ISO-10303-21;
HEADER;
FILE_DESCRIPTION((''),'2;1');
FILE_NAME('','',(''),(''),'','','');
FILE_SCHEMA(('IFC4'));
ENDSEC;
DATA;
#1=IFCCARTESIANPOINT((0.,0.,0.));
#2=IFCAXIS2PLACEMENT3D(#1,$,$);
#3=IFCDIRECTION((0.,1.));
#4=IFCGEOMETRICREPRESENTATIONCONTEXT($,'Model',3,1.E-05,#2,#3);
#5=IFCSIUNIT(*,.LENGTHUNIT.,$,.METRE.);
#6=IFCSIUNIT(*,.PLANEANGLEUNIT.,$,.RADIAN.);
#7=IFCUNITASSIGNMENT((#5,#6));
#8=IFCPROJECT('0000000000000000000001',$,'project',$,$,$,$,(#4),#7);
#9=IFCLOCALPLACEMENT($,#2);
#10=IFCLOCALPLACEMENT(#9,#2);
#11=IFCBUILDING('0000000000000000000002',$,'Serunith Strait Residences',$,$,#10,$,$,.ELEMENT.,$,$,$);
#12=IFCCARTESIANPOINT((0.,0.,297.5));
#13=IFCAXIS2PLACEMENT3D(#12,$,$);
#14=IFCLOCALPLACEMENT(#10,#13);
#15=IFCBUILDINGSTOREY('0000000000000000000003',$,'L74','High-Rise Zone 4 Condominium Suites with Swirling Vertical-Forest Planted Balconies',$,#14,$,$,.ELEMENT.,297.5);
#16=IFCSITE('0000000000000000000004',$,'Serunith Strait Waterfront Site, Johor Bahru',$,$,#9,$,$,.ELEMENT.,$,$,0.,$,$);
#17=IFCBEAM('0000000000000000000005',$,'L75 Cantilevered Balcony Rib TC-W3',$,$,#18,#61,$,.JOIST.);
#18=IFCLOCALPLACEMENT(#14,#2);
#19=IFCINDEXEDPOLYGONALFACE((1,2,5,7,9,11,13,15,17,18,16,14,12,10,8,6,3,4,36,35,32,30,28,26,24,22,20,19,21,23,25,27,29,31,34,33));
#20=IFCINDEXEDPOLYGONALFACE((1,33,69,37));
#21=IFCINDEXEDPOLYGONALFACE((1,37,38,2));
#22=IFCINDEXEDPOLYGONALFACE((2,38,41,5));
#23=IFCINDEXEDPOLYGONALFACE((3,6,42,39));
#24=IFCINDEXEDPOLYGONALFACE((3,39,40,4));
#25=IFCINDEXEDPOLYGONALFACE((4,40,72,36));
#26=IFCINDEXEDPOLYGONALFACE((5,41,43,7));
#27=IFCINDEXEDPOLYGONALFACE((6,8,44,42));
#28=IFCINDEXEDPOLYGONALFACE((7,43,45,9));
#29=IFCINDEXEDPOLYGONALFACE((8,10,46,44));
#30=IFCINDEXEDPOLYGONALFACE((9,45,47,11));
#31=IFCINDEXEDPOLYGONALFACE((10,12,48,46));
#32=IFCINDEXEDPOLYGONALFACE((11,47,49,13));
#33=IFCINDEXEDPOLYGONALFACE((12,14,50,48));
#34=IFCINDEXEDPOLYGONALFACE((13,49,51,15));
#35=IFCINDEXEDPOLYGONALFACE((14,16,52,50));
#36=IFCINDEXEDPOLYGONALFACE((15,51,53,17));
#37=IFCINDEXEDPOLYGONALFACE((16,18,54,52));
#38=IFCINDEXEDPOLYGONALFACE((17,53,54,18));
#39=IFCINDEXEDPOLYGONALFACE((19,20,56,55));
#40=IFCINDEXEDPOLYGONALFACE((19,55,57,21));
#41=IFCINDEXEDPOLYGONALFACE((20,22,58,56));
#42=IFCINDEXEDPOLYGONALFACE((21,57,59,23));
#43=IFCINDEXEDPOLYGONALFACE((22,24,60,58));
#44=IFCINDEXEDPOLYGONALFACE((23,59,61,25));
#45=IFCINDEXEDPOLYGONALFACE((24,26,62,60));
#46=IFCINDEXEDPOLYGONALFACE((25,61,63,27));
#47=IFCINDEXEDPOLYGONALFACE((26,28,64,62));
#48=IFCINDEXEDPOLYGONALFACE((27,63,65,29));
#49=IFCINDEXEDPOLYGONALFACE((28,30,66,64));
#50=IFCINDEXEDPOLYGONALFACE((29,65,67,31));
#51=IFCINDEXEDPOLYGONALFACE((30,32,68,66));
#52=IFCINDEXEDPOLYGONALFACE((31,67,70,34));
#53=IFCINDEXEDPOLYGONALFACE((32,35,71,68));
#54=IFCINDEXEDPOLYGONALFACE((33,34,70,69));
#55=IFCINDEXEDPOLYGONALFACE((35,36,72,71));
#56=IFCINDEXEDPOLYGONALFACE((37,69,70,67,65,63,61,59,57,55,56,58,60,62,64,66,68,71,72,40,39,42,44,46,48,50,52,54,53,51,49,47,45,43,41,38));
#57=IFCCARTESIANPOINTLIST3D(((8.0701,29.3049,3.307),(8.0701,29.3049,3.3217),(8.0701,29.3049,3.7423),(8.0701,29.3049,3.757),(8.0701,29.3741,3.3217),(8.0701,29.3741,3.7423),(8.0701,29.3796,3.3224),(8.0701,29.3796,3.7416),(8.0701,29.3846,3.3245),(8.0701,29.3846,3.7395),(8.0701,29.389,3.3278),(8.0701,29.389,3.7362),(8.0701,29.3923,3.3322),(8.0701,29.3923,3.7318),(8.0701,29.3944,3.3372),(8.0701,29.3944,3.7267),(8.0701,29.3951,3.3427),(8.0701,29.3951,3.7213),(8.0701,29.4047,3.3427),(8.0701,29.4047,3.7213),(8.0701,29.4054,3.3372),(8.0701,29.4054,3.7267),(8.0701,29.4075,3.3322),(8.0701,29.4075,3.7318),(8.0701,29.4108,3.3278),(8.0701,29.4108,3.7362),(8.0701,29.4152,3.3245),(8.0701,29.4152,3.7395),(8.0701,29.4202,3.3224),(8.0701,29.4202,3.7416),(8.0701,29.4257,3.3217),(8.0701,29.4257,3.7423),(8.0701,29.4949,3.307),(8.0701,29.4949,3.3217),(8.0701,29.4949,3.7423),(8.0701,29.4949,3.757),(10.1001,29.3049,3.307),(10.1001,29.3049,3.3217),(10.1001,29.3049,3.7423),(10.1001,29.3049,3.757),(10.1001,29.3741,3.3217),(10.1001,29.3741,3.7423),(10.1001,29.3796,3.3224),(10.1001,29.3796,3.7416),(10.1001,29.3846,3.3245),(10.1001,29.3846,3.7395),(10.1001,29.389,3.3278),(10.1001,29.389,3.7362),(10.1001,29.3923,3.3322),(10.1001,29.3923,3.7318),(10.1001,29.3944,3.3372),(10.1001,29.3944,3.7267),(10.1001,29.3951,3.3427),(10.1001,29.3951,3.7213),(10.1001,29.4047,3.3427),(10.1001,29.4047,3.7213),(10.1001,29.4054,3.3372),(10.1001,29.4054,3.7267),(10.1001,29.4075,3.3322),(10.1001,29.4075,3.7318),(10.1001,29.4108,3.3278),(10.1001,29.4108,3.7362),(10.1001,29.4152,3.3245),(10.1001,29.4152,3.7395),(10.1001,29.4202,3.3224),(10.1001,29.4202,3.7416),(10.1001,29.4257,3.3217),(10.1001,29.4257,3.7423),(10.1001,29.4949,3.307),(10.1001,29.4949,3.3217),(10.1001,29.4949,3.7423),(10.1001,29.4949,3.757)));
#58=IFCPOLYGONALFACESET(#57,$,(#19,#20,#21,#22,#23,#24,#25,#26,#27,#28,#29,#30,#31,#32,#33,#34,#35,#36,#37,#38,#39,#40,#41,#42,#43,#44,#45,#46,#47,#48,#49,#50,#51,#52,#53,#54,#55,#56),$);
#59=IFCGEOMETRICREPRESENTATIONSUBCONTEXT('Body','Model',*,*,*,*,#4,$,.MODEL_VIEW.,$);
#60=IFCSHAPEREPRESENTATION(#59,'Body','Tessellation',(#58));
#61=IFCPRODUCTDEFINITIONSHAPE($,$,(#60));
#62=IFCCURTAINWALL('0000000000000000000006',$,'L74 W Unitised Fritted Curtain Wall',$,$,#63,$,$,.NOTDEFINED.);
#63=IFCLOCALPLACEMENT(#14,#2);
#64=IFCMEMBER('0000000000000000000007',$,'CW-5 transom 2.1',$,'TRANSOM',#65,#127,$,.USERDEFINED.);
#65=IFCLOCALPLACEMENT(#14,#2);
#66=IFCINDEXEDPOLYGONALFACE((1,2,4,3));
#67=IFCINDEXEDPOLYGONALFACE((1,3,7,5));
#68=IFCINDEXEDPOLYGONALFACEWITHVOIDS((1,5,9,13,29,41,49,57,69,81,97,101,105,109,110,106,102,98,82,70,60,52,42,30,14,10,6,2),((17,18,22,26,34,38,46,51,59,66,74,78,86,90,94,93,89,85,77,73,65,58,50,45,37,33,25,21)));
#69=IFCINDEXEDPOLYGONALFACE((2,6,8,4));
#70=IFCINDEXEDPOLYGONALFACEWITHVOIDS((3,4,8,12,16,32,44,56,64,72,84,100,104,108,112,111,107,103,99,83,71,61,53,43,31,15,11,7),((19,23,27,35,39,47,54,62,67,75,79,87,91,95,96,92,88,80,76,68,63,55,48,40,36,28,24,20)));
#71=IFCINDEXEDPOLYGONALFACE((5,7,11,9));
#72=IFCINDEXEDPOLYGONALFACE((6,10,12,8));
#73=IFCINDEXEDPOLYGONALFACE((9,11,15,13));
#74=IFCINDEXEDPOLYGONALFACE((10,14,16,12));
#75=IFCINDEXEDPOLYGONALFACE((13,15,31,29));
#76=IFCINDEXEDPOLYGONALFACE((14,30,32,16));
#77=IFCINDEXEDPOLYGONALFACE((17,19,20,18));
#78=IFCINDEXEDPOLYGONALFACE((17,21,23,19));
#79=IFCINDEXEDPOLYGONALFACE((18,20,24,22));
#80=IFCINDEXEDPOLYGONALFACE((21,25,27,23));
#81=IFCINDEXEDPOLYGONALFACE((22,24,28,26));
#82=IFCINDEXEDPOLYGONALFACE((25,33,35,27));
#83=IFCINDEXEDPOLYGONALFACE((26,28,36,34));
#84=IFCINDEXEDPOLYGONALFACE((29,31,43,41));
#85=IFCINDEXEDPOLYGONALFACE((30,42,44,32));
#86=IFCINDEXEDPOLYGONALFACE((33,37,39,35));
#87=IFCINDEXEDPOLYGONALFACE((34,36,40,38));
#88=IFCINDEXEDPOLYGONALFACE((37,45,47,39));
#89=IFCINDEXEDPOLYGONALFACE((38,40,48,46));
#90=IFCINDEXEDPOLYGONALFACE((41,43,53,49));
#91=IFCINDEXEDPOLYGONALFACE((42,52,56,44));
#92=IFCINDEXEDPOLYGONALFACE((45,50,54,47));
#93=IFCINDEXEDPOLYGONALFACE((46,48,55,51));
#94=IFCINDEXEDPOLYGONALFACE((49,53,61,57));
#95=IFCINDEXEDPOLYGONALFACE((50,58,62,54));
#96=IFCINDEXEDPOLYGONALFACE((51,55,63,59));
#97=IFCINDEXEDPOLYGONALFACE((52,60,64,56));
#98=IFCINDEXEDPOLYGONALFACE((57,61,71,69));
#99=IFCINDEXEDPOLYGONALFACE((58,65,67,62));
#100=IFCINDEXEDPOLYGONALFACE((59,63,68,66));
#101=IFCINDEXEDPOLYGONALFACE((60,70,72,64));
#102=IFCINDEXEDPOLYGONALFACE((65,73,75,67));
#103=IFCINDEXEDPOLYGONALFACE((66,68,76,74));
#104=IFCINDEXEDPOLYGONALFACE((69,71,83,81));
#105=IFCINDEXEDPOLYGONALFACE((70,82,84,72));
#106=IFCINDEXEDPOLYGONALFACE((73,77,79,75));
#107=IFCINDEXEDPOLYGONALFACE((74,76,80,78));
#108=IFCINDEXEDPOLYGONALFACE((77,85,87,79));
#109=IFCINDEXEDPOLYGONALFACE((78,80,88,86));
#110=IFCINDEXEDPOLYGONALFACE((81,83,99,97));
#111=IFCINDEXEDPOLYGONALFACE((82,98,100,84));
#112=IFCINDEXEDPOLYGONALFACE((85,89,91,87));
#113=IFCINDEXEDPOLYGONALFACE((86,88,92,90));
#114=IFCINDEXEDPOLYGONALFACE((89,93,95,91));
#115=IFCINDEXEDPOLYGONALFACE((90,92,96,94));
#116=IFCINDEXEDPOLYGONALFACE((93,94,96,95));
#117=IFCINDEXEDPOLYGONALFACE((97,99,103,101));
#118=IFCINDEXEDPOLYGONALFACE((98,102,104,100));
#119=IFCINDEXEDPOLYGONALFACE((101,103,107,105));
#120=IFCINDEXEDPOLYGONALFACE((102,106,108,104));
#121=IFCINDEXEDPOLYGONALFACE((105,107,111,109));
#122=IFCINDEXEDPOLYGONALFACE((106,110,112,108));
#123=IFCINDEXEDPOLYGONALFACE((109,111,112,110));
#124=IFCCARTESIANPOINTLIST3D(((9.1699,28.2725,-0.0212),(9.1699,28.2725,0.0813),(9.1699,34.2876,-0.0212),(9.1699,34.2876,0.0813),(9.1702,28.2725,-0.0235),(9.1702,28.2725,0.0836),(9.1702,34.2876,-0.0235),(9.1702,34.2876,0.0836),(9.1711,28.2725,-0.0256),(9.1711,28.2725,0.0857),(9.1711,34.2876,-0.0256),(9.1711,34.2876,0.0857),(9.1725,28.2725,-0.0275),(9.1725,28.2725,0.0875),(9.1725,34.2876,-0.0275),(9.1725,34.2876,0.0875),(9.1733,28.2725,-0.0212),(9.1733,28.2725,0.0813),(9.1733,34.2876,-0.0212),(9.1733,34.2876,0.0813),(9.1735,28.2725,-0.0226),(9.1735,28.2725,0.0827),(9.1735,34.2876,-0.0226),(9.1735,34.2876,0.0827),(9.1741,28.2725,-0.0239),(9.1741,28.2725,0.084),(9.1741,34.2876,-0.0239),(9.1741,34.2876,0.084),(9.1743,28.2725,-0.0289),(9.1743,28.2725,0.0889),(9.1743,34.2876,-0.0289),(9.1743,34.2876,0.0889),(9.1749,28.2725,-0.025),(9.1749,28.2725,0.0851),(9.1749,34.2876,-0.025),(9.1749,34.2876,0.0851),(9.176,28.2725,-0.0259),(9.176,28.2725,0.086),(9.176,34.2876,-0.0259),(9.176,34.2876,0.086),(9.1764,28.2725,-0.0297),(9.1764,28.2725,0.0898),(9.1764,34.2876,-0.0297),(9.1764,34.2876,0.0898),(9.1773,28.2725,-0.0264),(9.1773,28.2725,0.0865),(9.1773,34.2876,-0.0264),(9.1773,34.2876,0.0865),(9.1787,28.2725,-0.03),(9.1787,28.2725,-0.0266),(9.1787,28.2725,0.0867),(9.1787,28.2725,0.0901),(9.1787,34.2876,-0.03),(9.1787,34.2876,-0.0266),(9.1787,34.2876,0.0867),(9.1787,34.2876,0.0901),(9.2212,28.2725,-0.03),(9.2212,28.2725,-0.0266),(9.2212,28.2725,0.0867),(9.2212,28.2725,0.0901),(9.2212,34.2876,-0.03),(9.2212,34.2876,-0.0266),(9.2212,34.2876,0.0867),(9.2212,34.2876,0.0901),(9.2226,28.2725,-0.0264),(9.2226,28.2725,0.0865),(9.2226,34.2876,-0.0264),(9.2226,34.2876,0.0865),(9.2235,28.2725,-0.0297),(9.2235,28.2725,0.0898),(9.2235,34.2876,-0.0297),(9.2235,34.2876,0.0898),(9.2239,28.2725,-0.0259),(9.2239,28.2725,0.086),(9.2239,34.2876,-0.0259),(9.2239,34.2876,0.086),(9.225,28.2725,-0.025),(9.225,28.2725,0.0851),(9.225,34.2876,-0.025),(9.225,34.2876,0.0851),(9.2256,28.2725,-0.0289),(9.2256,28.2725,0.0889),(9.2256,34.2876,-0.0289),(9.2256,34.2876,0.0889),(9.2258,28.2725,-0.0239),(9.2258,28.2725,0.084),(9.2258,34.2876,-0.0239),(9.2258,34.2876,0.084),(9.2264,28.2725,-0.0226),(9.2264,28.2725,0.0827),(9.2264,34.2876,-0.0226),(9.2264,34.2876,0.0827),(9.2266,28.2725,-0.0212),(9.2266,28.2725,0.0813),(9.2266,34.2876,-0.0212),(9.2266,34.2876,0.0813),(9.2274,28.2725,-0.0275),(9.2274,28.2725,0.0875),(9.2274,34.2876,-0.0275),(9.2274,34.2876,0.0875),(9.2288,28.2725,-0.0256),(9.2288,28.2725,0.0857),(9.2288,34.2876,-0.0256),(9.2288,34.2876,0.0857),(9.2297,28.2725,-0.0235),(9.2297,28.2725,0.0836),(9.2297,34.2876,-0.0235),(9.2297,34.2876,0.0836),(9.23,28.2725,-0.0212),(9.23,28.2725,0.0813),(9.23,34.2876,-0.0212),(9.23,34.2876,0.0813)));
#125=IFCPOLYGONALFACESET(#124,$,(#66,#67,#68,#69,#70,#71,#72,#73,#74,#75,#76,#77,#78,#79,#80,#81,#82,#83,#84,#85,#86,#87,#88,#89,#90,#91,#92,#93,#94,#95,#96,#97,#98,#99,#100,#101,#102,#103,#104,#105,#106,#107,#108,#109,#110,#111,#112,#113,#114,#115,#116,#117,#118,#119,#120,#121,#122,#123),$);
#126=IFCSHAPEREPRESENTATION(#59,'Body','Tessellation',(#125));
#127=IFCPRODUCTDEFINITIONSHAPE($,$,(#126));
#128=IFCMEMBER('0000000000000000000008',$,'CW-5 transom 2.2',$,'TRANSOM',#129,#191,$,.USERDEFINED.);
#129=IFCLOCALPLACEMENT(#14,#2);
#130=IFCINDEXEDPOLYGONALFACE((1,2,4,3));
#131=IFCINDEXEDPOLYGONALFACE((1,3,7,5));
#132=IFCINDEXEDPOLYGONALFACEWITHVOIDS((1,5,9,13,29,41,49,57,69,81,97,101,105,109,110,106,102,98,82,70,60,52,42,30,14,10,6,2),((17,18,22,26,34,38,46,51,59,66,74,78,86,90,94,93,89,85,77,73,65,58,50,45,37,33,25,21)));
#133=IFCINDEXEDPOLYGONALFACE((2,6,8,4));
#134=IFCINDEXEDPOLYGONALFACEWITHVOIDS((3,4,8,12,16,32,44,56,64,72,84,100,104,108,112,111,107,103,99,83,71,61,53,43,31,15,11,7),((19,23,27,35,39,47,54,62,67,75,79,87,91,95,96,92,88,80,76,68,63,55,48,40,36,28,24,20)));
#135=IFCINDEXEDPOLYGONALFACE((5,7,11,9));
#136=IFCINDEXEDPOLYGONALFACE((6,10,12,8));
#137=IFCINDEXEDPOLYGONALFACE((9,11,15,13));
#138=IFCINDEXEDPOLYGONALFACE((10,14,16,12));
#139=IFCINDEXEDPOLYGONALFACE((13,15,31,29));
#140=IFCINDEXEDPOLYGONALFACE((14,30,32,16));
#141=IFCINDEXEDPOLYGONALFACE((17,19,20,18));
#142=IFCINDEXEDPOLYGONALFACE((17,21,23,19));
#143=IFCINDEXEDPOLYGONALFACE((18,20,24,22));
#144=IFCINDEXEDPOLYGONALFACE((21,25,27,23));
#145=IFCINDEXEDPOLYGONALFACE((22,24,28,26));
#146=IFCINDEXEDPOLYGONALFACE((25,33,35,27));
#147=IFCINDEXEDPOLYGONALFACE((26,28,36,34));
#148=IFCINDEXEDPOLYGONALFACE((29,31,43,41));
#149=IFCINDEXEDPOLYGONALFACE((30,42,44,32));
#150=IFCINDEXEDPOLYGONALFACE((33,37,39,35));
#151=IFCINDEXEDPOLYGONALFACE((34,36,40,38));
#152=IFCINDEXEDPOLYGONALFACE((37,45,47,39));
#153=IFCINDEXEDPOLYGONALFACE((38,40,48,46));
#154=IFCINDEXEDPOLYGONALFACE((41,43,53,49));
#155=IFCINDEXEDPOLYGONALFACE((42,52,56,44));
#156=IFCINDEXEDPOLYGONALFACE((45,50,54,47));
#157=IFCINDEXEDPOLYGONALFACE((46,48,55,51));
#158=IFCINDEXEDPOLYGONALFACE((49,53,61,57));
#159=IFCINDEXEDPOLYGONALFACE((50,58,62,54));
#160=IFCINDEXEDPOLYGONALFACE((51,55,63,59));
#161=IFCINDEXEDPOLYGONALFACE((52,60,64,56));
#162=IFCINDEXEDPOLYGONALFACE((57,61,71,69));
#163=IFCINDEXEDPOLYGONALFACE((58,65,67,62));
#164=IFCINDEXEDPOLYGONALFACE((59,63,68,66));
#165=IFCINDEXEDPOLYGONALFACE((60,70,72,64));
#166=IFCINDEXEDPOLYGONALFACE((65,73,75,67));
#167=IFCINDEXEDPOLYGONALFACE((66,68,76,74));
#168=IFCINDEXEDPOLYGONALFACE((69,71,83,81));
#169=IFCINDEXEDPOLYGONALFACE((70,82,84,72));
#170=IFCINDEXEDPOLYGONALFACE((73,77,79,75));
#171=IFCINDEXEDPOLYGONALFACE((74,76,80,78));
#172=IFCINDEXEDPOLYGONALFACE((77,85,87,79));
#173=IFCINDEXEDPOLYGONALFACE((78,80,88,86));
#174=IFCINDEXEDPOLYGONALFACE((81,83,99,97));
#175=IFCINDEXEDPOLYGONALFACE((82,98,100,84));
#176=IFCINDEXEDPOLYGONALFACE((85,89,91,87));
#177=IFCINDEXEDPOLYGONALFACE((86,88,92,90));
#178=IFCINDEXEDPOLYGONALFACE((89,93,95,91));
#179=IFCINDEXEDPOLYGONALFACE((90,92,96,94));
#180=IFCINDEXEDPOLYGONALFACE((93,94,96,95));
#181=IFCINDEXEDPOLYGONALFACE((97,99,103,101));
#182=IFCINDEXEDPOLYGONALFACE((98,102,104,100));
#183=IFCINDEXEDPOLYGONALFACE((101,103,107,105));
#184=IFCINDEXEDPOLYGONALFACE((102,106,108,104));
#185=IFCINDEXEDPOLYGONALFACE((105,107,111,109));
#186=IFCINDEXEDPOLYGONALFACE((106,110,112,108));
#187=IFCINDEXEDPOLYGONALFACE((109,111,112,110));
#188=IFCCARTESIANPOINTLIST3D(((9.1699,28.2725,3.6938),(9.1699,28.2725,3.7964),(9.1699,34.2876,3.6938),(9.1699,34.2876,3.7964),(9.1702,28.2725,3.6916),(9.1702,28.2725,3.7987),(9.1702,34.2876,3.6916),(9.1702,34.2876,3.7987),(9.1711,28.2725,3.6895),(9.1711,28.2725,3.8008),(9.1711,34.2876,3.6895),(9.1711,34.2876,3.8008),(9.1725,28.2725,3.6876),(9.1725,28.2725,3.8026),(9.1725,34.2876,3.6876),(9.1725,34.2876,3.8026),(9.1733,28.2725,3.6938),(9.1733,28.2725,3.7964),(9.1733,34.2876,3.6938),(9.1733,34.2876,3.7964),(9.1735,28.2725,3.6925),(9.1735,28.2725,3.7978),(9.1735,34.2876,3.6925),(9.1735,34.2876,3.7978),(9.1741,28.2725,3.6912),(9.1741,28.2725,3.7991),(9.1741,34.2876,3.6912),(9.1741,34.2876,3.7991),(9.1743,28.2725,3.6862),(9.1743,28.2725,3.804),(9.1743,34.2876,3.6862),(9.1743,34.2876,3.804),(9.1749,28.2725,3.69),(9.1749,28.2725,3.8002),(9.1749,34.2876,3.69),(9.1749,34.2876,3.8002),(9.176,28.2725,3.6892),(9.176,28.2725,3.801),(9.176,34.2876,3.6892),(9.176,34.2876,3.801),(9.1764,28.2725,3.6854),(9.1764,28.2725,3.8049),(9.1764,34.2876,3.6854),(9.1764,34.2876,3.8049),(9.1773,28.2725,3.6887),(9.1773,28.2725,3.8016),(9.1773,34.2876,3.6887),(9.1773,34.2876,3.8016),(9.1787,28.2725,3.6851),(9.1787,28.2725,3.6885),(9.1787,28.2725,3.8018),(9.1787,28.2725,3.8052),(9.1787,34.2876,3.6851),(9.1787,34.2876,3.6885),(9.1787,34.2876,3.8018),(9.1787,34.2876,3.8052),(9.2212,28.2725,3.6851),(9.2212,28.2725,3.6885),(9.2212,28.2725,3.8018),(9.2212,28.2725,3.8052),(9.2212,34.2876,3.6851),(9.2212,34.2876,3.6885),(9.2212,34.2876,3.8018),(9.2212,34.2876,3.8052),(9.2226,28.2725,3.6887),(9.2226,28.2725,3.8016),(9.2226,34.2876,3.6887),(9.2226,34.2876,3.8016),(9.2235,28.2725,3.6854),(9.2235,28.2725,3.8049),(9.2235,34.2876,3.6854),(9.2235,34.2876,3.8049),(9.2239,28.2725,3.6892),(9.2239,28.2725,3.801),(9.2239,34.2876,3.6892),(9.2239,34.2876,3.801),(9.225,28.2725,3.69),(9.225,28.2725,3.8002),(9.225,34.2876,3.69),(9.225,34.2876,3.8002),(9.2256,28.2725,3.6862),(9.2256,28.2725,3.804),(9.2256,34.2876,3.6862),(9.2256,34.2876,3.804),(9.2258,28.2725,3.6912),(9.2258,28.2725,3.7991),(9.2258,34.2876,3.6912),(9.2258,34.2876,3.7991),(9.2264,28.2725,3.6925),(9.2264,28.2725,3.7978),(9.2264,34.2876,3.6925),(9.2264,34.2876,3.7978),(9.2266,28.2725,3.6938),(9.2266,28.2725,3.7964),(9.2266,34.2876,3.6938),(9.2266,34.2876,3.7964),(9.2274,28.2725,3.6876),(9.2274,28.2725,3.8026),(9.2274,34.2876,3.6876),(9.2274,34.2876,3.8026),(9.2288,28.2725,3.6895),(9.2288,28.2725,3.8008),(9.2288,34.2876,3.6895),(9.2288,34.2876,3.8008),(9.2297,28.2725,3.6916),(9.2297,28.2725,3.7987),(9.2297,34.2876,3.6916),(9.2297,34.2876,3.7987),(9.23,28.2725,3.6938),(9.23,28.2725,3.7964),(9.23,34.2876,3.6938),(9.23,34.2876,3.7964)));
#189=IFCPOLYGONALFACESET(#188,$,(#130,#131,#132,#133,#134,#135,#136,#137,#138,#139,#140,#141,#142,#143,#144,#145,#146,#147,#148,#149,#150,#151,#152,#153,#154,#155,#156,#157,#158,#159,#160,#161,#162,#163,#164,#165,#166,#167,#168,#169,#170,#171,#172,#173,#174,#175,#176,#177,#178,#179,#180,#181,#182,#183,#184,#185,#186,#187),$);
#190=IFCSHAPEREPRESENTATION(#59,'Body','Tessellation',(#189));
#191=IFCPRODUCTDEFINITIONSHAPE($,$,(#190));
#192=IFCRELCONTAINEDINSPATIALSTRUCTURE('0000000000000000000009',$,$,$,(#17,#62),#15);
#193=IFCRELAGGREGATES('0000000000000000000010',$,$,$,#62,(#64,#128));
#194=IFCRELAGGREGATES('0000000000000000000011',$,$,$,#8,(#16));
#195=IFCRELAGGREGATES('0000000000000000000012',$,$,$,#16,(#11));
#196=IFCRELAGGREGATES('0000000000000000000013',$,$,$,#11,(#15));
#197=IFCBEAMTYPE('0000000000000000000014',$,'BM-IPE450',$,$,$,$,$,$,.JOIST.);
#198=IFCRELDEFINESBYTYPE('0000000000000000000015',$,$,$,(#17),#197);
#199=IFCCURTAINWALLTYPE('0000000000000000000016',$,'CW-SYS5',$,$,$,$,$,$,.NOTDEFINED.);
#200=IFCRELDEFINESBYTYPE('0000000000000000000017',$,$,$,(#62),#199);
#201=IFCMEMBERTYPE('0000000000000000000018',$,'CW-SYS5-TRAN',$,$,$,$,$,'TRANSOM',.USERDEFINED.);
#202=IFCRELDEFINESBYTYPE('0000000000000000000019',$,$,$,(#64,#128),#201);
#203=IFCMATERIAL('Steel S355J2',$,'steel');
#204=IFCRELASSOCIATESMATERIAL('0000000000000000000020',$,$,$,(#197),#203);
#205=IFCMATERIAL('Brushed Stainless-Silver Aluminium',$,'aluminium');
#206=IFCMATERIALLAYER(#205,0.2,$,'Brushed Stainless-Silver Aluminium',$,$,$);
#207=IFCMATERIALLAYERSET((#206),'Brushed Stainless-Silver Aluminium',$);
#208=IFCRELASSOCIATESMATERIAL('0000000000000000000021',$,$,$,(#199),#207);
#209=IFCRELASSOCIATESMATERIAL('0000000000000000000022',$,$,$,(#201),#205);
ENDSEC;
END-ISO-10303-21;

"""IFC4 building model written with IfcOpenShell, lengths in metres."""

from ifc_helpers import new_model, si_unit, direction, frame, origin, origin_2d, place, context, subcontext, project, spatial, hollow_rectangle, i_section, extrude, source, transform, mapped, material, layer, layer_set, material_profile, profile_set, type_object, element, aggregate, save


model = new_model("IFC4")

# Units and contexts
model_context = context("Model", 3, precision=1e-05, world=origin(), true_north=direction((0.0, 1.0)))
body_context = subcontext(model_context, "Body", "Model", "MODEL_VIEW")
ifc_project = project(units=[si_unit("LENGTHUNIT", "METRE"), si_unit("PLANEANGLEUNIT", "RADIAN")], contexts=[model_context])

# Site, building, storey
site_placement = place(None, origin())
site = spatial("IfcSite", under=ifc_project, at=site_placement, Name="Serunith Strait Waterfront Site, Johor Bahru", CompositionType="ELEMENT", RefElevation=0.0)
building_placement = place(site_placement, origin())
building = spatial("IfcBuilding", under=site, at=building_placement, Name="Serunith Strait Residences", CompositionType="ELEMENT")
storey_placement = place(building_placement, frame((0.0, 0.0, 297.5)))
storey = spatial("IfcBuildingStorey", under=building, at=storey_placement, Name="L74", Description="High-Rise Zone 4 Condominium Suites with Swirling Vertical-Forest Planted Balconies", CompositionType="ELEMENT", Elevation=297.5)

# Beam
ifc_material_1 = material(Name="Steel S355J2", Category="steel")
ifc_material_profile_1 = material_profile(ifc_material_1, i_section(OverallWidth=0.1899, OverallDepth=0.45, WebThickness=0.0095, FlangeThickness=0.0146, FilletRadius=0.021, at=origin_2d()), Name="IPE 450")
ifc_profile_set_1 = profile_set([ifc_material_profile_1], Name="Steel S355J2")
beam_type_1 = type_object("IfcBeamType", Name="BM-IPE450", PredefinedType="JOIST", material=ifc_profile_set_1)
shared_shape_1 = source(origin(), body_context, "Body", "SweptSolid", [
    extrude(i_section(OverallWidth=0.1899, OverallDepth=0.45, WebThickness=0.0095, FlangeThickness=0.0146, FilletRadius=0.021, at=origin_2d()), origin(), (0.0, 0.0, 1.0), 2.03),
])
beam_1_placement = place(storey_placement, frame((10.1001, 29.3999, 3.532), z_axis=(-1.0, 0.0, 0.0), x_axis=(0.0, -1.0, 0.0)))
element("IfcBeam", 1, at=beam_1_placement, inside=storey, type_object=beam_type_1, Name="L75 Cantilevered Balcony Rib TC-W3", PredefinedType="JOIST", context=body_context, shape_type="MappedRepresentation", body=[
    mapped(shared_shape_1, transform((0.0, 0.0, 0.0), scale=1.0)),
])

# Curtain wall, members
ifc_material_2 = material(Name="Brushed Stainless-Silver Aluminium", Category="aluminium")
ifc_layer_1 = layer(ifc_material_2, 0.2, Name="Brushed Stainless-Silver Aluminium")
ifc_layer_set_1 = layer_set([ifc_layer_1], Name="Brushed Stainless-Silver Aluminium")
curtain_wall_type = type_object("IfcCurtainWallType", Name="CW-SYS5", PredefinedType="NOTDEFINED", material=ifc_layer_set_1)
curtain_wall_placement = place(storey_placement, origin())
curtain_wall = element("IfcCurtainWall", 2, at=curtain_wall_placement, inside=storey, type_object=curtain_wall_type, Name="L74 W Unitised Fritted Curtain Wall", PredefinedType="NOTDEFINED")
ifc_material_profile_2 = material_profile(ifc_material_2, hollow_rectangle(XDim=0.0601, YDim=0.1201, WallThickness=0.0034, InnerFilletRadius=0.0054, OuterFilletRadius=0.0088, at=origin_2d()), Name="ALU 120x60x3.5")
ifc_profile_set_2 = profile_set([ifc_material_profile_2], Name="Brushed Stainless-Silver Aluminium")
member_type_1 = type_object("IfcMemberType", Name="CW-SYS5-TRAN", ElementType="TRANSOM", PredefinedType="USERDEFINED", material=ifc_profile_set_2)
shared_shape_2 = source(origin(), body_context, "Body", "SweptSolid", [
    extrude(hollow_rectangle(XDim=0.0601, YDim=0.1201, WallThickness=0.0034, InnerFilletRadius=0.0054, OuterFilletRadius=0.0088, at=origin_2d()), origin(), (0.0, 0.0, 1.0), 6.0151),
])
member_1_placement = place(storey_placement, frame((9.2, 34.2876, 0.03), z_axis=(0.0, -1.0, 0.0), x_axis=(1.0, 0.0, 0.0)))
member_1 = element("IfcMember", 3, at=member_1_placement, type_object=member_type_1, Name="CW-5 transom 2.1", ObjectType="TRANSOM", PredefinedType="USERDEFINED", context=body_context, shape_type="MappedRepresentation", body=[
    mapped(shared_shape_2, transform((0.0, 0.0, 0.0), scale=1.0)),
])
member_2_placement = place(storey_placement, frame((9.2, 34.2876, 3.7451), z_axis=(0.0, -1.0, 0.0), x_axis=(1.0, 0.0, 0.0)))
member_2 = element("IfcMember", 4, at=member_2_placement, type_object=member_type_1, Name="CW-5 transom 2.2", ObjectType="TRANSOM", PredefinedType="USERDEFINED", context=body_context, shape_type="MappedRepresentation", body=[
    mapped(shared_shape_2, transform((0.0, 0.0, 0.0), scale=1.0)),
])
aggregate(curtain_wall, [member_1, member_2])

save(model, "model.ifc")
